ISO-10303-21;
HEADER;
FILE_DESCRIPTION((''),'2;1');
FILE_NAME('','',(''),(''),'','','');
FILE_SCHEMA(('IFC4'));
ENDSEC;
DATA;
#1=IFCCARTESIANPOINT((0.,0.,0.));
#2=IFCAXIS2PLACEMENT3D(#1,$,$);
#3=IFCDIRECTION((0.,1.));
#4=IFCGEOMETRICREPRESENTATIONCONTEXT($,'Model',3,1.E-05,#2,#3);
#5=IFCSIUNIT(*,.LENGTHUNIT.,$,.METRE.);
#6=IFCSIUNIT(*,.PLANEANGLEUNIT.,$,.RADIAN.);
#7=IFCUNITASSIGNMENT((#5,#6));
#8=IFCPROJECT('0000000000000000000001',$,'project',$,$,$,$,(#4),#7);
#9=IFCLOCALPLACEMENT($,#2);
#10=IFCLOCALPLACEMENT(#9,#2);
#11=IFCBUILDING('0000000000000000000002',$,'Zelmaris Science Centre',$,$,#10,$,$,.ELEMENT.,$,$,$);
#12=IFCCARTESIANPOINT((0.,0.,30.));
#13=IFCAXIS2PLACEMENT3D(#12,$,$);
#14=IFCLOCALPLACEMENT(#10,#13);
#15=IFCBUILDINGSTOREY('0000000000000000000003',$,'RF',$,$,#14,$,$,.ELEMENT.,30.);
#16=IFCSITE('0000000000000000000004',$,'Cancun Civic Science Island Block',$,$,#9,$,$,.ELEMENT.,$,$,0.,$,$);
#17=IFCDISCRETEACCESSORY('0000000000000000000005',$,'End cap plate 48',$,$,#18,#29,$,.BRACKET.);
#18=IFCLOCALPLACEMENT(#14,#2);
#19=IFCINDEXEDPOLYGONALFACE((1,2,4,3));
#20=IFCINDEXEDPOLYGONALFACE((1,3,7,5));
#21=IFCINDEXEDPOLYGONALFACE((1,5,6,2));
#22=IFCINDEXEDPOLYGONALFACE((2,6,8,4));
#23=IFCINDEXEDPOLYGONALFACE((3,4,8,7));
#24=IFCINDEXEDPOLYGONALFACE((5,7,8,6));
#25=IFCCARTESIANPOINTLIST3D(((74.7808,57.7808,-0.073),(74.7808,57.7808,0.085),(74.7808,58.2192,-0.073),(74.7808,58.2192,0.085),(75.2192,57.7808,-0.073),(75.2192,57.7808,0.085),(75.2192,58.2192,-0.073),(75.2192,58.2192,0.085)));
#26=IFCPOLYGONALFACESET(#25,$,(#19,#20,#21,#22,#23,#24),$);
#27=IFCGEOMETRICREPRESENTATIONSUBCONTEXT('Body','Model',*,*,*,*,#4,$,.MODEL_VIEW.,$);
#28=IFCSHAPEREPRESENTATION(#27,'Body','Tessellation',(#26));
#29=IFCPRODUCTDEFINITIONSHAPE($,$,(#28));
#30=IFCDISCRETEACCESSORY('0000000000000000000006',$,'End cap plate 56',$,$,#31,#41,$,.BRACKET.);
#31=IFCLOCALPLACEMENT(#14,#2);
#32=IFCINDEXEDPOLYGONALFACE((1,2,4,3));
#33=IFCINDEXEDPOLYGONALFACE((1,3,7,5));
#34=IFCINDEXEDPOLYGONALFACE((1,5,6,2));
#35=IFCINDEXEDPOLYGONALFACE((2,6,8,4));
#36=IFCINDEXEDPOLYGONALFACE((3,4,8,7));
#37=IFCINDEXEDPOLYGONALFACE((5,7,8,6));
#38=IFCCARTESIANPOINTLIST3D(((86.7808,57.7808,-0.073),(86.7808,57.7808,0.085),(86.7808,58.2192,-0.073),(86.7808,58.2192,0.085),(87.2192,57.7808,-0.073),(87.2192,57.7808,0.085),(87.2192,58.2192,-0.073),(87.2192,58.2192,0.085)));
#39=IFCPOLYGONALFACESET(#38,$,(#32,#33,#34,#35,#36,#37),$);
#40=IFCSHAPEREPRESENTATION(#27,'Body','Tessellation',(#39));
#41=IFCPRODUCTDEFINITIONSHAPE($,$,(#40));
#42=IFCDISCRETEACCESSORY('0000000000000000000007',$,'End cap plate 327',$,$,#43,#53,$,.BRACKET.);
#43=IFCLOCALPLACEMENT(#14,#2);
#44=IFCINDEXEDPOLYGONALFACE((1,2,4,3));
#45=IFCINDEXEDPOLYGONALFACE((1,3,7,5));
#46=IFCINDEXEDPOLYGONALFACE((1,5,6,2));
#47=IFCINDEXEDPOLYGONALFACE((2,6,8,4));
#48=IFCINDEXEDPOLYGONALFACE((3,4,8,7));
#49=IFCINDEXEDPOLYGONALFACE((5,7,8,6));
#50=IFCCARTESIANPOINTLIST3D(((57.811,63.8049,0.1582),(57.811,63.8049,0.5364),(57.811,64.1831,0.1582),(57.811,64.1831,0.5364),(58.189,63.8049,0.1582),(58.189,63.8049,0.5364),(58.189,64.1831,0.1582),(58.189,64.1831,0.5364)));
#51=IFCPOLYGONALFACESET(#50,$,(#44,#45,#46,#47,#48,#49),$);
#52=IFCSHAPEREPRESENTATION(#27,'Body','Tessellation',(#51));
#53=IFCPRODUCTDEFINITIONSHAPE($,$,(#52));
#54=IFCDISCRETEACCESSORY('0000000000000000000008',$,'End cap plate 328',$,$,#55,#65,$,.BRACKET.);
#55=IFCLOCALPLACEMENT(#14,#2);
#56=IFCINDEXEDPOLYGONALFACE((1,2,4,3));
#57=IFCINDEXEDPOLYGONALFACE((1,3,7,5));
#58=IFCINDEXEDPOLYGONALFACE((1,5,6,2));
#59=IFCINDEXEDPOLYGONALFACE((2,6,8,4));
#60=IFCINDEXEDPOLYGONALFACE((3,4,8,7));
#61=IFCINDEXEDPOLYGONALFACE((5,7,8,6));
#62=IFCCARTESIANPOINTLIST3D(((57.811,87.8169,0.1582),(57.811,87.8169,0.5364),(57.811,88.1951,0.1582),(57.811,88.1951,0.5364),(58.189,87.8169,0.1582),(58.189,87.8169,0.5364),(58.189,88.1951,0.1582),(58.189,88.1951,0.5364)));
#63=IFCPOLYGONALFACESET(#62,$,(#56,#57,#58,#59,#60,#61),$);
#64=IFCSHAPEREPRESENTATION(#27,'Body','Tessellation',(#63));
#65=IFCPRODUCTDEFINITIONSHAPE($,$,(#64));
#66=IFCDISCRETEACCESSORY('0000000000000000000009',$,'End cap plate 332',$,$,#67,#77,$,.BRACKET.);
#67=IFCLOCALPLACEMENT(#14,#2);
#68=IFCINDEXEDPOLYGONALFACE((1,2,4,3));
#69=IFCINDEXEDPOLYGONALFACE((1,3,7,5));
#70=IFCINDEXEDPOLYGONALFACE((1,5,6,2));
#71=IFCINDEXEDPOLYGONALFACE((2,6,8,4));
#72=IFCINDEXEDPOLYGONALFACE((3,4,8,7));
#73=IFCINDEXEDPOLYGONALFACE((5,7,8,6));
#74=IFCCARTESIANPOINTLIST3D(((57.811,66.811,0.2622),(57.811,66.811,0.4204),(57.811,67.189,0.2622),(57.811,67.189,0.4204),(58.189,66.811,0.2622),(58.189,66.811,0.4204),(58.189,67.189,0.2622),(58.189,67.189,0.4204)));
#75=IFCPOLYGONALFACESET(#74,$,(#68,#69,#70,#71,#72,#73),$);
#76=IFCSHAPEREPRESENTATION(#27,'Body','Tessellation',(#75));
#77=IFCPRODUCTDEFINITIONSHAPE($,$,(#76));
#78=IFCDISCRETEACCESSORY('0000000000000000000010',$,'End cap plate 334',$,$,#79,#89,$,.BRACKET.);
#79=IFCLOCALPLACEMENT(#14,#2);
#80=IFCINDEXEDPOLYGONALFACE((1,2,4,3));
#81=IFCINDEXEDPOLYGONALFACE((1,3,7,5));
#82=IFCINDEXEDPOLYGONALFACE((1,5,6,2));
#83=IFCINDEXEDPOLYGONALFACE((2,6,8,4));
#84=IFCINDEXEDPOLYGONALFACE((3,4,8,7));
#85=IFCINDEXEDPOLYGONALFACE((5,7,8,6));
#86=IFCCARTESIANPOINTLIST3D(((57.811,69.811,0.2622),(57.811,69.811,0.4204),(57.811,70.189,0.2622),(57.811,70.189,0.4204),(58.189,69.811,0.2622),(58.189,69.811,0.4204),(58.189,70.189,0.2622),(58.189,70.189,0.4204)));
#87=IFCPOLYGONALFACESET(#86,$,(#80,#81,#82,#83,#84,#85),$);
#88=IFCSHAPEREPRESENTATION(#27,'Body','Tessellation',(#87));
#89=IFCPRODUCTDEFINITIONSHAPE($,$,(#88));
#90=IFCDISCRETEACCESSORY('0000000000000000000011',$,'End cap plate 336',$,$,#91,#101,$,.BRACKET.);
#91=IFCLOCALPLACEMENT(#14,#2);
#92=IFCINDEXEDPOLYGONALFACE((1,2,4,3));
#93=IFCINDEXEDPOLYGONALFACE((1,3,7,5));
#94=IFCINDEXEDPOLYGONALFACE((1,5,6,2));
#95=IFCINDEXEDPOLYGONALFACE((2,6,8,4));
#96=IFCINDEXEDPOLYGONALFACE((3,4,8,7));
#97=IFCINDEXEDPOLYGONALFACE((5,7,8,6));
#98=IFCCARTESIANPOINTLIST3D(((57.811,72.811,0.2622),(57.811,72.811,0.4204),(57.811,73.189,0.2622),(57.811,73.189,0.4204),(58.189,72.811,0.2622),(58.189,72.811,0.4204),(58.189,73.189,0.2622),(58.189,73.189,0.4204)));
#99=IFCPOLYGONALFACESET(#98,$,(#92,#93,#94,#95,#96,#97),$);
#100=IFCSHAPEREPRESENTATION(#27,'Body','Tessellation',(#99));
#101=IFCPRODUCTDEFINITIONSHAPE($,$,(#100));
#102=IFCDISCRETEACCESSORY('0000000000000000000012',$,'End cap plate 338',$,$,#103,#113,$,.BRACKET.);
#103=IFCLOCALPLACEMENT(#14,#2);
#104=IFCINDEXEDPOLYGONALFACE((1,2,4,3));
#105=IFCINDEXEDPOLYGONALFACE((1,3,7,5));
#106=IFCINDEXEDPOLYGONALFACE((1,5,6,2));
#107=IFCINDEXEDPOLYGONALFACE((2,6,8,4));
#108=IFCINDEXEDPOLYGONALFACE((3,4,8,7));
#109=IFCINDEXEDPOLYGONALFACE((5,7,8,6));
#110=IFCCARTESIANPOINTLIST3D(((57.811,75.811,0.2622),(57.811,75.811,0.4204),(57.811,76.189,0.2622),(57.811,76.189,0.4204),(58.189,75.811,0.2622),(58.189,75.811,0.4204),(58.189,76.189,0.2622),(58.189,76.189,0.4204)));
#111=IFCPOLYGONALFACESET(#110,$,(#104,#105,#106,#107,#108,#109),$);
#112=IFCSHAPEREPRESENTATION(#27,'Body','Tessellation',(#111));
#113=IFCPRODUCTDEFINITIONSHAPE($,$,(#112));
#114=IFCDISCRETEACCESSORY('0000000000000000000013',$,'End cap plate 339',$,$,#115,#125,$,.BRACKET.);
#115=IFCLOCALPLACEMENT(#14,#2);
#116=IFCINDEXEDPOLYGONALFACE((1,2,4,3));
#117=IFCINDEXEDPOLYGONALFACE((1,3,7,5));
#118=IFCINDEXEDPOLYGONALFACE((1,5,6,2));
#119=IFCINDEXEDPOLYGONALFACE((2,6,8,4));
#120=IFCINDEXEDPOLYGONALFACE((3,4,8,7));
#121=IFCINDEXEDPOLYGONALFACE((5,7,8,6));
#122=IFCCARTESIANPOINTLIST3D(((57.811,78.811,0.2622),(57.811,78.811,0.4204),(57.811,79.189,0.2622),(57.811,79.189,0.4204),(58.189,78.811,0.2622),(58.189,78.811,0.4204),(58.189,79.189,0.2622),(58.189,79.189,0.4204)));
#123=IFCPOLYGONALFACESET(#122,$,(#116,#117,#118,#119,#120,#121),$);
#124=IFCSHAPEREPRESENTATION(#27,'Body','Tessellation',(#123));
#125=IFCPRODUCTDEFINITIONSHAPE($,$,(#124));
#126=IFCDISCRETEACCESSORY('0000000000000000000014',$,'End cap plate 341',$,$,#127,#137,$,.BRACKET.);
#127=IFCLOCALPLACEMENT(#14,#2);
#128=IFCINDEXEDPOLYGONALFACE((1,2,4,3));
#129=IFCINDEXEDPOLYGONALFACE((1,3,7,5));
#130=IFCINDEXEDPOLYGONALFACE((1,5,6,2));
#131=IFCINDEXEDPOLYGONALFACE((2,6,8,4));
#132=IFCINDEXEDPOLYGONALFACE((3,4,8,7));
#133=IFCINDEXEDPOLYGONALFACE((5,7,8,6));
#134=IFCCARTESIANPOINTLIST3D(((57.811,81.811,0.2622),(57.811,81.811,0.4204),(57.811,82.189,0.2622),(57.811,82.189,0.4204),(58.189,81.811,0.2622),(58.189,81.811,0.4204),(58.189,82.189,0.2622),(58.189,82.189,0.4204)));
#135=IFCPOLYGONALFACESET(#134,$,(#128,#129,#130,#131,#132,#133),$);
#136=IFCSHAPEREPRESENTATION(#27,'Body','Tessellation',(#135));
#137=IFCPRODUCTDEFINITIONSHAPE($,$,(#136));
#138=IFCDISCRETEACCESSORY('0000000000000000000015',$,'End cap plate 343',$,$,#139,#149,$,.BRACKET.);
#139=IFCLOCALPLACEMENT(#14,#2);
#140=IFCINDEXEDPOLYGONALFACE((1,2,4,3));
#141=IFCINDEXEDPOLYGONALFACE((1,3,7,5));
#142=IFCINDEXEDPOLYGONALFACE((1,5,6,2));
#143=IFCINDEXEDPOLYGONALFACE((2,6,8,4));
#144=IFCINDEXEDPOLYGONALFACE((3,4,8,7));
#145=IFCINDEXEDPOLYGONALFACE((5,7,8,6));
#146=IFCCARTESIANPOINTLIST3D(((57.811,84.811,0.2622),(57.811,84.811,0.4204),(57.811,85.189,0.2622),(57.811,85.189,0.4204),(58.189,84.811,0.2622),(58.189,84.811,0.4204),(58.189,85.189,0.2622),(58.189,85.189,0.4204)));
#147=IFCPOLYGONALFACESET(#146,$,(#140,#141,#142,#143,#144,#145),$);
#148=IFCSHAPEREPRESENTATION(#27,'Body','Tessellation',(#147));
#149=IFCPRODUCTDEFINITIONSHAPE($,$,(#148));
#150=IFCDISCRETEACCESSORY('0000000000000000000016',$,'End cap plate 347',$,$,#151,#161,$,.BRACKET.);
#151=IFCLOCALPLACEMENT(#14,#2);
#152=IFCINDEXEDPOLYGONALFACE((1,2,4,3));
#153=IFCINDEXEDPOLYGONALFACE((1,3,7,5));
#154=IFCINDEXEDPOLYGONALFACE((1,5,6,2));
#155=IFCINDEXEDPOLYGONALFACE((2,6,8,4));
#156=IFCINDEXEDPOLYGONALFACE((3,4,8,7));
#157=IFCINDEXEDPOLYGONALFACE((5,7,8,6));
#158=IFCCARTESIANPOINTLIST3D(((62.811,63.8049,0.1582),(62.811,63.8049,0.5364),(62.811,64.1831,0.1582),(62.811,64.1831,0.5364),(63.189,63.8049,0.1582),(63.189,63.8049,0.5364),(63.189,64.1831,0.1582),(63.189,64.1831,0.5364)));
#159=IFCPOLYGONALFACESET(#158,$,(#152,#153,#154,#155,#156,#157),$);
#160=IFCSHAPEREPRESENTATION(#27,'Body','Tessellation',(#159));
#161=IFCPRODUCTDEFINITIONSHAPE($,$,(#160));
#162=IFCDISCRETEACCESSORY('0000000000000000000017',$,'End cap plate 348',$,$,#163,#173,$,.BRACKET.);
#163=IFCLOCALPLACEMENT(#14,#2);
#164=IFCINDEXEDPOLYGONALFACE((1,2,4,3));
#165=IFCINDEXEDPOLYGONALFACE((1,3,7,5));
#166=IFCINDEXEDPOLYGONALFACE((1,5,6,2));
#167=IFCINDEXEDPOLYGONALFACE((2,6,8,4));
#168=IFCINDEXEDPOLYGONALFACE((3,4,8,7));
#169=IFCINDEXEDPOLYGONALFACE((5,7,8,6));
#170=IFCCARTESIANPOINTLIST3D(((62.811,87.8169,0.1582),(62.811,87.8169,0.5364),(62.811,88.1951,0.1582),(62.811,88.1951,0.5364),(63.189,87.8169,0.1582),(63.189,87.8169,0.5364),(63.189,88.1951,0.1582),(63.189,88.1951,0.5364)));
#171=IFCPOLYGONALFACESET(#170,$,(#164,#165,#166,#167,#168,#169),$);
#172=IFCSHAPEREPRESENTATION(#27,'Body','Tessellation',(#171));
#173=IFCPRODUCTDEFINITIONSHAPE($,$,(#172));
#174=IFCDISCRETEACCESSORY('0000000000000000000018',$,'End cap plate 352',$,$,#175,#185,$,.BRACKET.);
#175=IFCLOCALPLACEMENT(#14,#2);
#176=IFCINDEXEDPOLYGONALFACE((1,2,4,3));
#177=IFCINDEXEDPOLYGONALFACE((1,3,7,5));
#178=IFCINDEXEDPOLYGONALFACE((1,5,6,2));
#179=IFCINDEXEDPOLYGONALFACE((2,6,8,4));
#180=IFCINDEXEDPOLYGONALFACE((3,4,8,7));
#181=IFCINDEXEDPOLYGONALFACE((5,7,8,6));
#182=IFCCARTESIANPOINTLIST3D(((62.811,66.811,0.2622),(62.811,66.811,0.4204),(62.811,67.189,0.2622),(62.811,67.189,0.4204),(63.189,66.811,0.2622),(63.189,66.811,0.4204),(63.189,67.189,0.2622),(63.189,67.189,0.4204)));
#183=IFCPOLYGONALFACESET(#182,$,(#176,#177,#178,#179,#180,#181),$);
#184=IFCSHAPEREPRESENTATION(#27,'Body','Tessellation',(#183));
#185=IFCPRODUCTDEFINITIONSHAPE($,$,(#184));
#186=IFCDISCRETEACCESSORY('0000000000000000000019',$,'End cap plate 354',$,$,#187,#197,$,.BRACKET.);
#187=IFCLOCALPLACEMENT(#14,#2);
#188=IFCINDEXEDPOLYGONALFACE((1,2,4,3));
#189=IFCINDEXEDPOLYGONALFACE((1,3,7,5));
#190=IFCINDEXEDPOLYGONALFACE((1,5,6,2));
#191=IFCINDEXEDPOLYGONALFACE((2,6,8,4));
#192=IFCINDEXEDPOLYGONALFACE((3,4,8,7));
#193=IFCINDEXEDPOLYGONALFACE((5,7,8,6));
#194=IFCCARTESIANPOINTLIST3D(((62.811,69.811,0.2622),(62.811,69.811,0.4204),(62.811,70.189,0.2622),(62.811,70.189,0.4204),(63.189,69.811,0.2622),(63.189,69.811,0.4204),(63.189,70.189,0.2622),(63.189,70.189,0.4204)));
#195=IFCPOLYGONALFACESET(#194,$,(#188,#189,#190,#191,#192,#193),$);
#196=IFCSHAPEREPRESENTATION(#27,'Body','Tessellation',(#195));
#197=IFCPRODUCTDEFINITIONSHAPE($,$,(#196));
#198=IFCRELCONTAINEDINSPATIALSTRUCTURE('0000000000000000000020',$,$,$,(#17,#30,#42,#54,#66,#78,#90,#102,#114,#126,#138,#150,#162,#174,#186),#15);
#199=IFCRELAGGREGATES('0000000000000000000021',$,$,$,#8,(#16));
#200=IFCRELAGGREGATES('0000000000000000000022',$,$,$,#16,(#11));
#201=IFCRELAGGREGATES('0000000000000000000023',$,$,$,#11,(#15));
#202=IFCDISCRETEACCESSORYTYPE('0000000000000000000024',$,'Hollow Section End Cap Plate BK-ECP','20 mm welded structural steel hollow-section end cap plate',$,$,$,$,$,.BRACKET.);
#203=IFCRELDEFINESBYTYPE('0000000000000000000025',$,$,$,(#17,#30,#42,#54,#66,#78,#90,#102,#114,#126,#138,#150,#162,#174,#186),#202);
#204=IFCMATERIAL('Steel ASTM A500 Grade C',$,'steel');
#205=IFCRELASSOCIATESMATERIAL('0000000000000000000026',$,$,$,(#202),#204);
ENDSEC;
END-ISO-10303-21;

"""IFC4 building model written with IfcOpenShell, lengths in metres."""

from ifc_helpers import new_model, si_unit, direction, frame, origin, place, context, subcontext, project, spatial, polyline, outline, extrude, material, type_object, element, save


model = new_model("IFC4")

# Units and contexts
model_context = context("Model", 3, precision=1e-05, world=origin(), true_north=direction((0.0, 1.0)))
body_context = subcontext(model_context, "Body", "Model", "MODEL_VIEW")
ifc_project = project(units=[si_unit("LENGTHUNIT", "METRE"), si_unit("PLANEANGLEUNIT", "RADIAN")], contexts=[model_context])

# Site, building, storey
site_placement = place(None, origin())
site = spatial("IfcSite", under=ifc_project, at=site_placement, Name="Cancun Civic Science Island Block", CompositionType="ELEMENT", RefElevation=0.0)
building_placement = place(site_placement, origin())
building = spatial("IfcBuilding", under=site, at=building_placement, Name="Zelmaris Science Centre", CompositionType="ELEMENT")
storey_placement = place(building_placement, frame((0.0, 0.0, 30.0)))
storey = spatial("IfcBuildingStorey", under=building, at=storey_placement, Name="RF", CompositionType="ELEMENT", Elevation=30.0)

# Discrete accessories
ifc_material = material(Name="Steel ASTM A500 Grade C", Category="steel")
discrete_accessory_type = type_object("IfcDiscreteAccessoryType", Name="Hollow Section End Cap Plate BK-ECP", Description="20 mm welded structural steel hollow-section end cap plate", PredefinedType="BRACKET", material=ifc_material)
discrete_accessory_1_placement = place(storey_placement, frame((0.0, 0.0, -0.073)))
element("IfcDiscreteAccessory", 1, at=discrete_accessory_1_placement, inside=storey, type_object=discrete_accessory_type, Name="End cap plate 48", PredefinedType="BRACKET", context=body_context, shape_type="SweptSolid", body=[
    extrude(outline(polyline([(74.7808, 57.7808), (75.2192, 57.7808), (75.2192, 58.2192), (74.7808, 58.2192), (74.7808, 57.7808)])), origin(), (0.0, 0.0, 1.0), 0.158),
])
discrete_accessory_2_placement = place(storey_placement, frame((0.0, 0.0, -0.073)))
element("IfcDiscreteAccessory", 2, at=discrete_accessory_2_placement, inside=storey, type_object=discrete_accessory_type, Name="End cap plate 56", PredefinedType="BRACKET", context=body_context, shape_type="SweptSolid", body=[
    extrude(outline(polyline([(86.7808, 57.7808), (87.2192, 57.7808), (87.2192, 58.2192), (86.7808, 58.2192), (86.7808, 57.7808)])), origin(), (0.0, 0.0, 1.0), 0.158),
])
discrete_accessory_3_placement = place(storey_placement, frame((0.0, 0.0, 0.1582)))
element("IfcDiscreteAccessory", 3, at=discrete_accessory_3_placement, inside=storey, type_object=discrete_accessory_type, Name="End cap plate 327", PredefinedType="BRACKET", context=body_context, shape_type="SweptSolid", body=[
    extrude(outline(polyline([(57.811, 63.8049), (58.189, 63.8049), (58.189, 64.1831), (57.811, 64.1831), (57.811, 63.8049)])), origin(), (0.0, 0.0, 1.0), 0.3782),
])
discrete_accessory_4_placement = place(storey_placement, frame((0.0, 0.0, 0.1582)))
element("IfcDiscreteAccessory", 4, at=discrete_accessory_4_placement, inside=storey, type_object=discrete_accessory_type, Name="End cap plate 328", PredefinedType="BRACKET", context=body_context, shape_type="SweptSolid", body=[
    extrude(outline(polyline([(57.811, 87.8169), (58.189, 87.8169), (58.189, 88.1951), (57.811, 88.1951), (57.811, 87.8169)])), origin(), (0.0, 0.0, 1.0), 0.3782),
])
discrete_accessory_5_placement = place(storey_placement, frame((0.0, 0.0, 0.2622)))
element("IfcDiscreteAccessory", 5, at=discrete_accessory_5_placement, inside=storey, type_object=discrete_accessory_type, Name="End cap plate 332", PredefinedType="BRACKET", context=body_context, shape_type="SweptSolid", body=[
    extrude(outline(polyline([(57.811, 66.811), (58.189, 66.811), (58.189, 67.189), (57.811, 67.189), (57.811, 66.811)])), origin(), (0.0, 0.0, 1.0), 0.1582),
])
discrete_accessory_6_placement = place(storey_placement, frame((0.0, 0.0, 0.2622)))
element("IfcDiscreteAccessory", 6, at=discrete_accessory_6_placement, inside=storey, type_object=discrete_accessory_type, Name="End cap plate 334", PredefinedType="BRACKET", context=body_context, shape_type="SweptSolid", body=[
    extrude(outline(polyline([(57.811, 69.811), (58.189, 69.811), (58.189, 70.189), (57.811, 70.189), (57.811, 69.811)])), origin(), (0.0, 0.0, 1.0), 0.1582),
])
discrete_accessory_7_placement = place(storey_placement, frame((0.0, 0.0, 0.2622)))
element("IfcDiscreteAccessory", 7, at=discrete_accessory_7_placement, inside=storey, type_object=discrete_accessory_type, Name="End cap plate 336", PredefinedType="BRACKET", context=body_context, shape_type="SweptSolid", body=[
    extrude(outline(polyline([(57.811, 72.811), (58.189, 72.811), (58.189, 73.189), (57.811, 73.189), (57.811, 72.811)])), origin(), (0.0, 0.0, 1.0), 0.1582),
])
discrete_accessory_8_placement = place(storey_placement, frame((0.0, 0.0, 0.2622)))
element("IfcDiscreteAccessory", 8, at=discrete_accessory_8_placement, inside=storey, type_object=discrete_accessory_type, Name="End cap plate 338", PredefinedType="BRACKET", context=body_context, shape_type="SweptSolid", body=[
    extrude(outline(polyline([(57.811, 75.811), (58.189, 75.811), (58.189, 76.189), (57.811, 76.189), (57.811, 75.811)])), origin(), (0.0, 0.0, 1.0), 0.1582),
])
discrete_accessory_9_placement = place(storey_placement, frame((0.0, 0.0, 0.2622)))
element("IfcDiscreteAccessory", 9, at=discrete_accessory_9_placement, inside=storey, type_object=discrete_accessory_type, Name="End cap plate 339", PredefinedType="BRACKET", context=body_context, shape_type="SweptSolid", body=[
    extrude(outline(polyline([(57.811, 78.811), (58.189, 78.811), (58.189, 79.189), (57.811, 79.189), (57.811, 78.811)])), origin(), (0.0, 0.0, 1.0), 0.1582),
])
discrete_accessory_10_placement = place(storey_placement, frame((0.0, 0.0, 0.2622)))
element("IfcDiscreteAccessory", 10, at=discrete_accessory_10_placement, inside=storey, type_object=discrete_accessory_type, Name="End cap plate 341", PredefinedType="BRACKET", context=body_context, shape_type="SweptSolid", body=[
    extrude(outline(polyline([(57.811, 81.811), (58.189, 81.811), (58.189, 82.189), (57.811, 82.189), (57.811, 81.811)])), origin(), (0.0, 0.0, 1.0), 0.1582),
])
discrete_accessory_11_placement = place(storey_placement, frame((0.0, 0.0, 0.2622)))
element("IfcDiscreteAccessory", 11, at=discrete_accessory_11_placement, inside=storey, type_object=discrete_accessory_type, Name="End cap plate 343", PredefinedType="BRACKET", context=body_context, shape_type="SweptSolid", body=[
    extrude(outline(polyline([(57.811, 84.811), (58.189, 84.811), (58.189, 85.189), (57.811, 85.189), (57.811, 84.811)])), origin(), (0.0, 0.0, 1.0), 0.1582),
])
discrete_accessory_12_placement = place(storey_placement, frame((0.0, 0.0, 0.1582)))
element("IfcDiscreteAccessory", 12, at=discrete_accessory_12_placement, inside=storey, type_object=discrete_accessory_type, Name="End cap plate 347", PredefinedType="BRACKET", context=body_context, shape_type="SweptSolid", body=[
    extrude(outline(polyline([(62.811, 63.8049), (63.189, 63.8049), (63.189, 64.1831), (62.811, 64.1831), (62.811, 63.8049)])), origin(), (0.0, 0.0, 1.0), 0.3782),
])
discrete_accessory_13_placement = place(storey_placement, frame((0.0, 0.0, 0.1582)))
element("IfcDiscreteAccessory", 13, at=discrete_accessory_13_placement, inside=storey, type_object=discrete_accessory_type, Name="End cap plate 348", PredefinedType="BRACKET", context=body_context, shape_type="SweptSolid", body=[
    extrude(outline(polyline([(62.811, 87.8169), (63.189, 87.8169), (63.189, 88.1951), (62.811, 88.1951), (62.811, 87.8169)])), origin(), (0.0, 0.0, 1.0), 0.3782),
])
discrete_accessory_14_placement = place(storey_placement, frame((0.0, 0.0, 0.2622)))
element("IfcDiscreteAccessory", 14, at=discrete_accessory_14_placement, inside=storey, type_object=discrete_accessory_type, Name="End cap plate 352", PredefinedType="BRACKET", context=body_context, shape_type="SweptSolid", body=[
    extrude(outline(polyline([(62.811, 66.811), (63.189, 66.811), (63.189, 67.189), (62.811, 67.189), (62.811, 66.811)])), origin(), (0.0, 0.0, 1.0), 0.1582),
])
discrete_accessory_15_placement = place(storey_placement, frame((0.0, 0.0, 0.2622)))
element("IfcDiscreteAccessory", 15, at=discrete_accessory_15_placement, inside=storey, type_object=discrete_accessory_type, Name="End cap plate 354", PredefinedType="BRACKET", context=body_context, shape_type="SweptSolid", body=[
    extrude(outline(polyline([(62.811, 69.811), (63.189, 69.811), (63.189, 70.189), (62.811, 70.189), (62.811, 69.811)])), origin(), (0.0, 0.0, 1.0), 0.1582),
])

save(model, "model.ifc")
